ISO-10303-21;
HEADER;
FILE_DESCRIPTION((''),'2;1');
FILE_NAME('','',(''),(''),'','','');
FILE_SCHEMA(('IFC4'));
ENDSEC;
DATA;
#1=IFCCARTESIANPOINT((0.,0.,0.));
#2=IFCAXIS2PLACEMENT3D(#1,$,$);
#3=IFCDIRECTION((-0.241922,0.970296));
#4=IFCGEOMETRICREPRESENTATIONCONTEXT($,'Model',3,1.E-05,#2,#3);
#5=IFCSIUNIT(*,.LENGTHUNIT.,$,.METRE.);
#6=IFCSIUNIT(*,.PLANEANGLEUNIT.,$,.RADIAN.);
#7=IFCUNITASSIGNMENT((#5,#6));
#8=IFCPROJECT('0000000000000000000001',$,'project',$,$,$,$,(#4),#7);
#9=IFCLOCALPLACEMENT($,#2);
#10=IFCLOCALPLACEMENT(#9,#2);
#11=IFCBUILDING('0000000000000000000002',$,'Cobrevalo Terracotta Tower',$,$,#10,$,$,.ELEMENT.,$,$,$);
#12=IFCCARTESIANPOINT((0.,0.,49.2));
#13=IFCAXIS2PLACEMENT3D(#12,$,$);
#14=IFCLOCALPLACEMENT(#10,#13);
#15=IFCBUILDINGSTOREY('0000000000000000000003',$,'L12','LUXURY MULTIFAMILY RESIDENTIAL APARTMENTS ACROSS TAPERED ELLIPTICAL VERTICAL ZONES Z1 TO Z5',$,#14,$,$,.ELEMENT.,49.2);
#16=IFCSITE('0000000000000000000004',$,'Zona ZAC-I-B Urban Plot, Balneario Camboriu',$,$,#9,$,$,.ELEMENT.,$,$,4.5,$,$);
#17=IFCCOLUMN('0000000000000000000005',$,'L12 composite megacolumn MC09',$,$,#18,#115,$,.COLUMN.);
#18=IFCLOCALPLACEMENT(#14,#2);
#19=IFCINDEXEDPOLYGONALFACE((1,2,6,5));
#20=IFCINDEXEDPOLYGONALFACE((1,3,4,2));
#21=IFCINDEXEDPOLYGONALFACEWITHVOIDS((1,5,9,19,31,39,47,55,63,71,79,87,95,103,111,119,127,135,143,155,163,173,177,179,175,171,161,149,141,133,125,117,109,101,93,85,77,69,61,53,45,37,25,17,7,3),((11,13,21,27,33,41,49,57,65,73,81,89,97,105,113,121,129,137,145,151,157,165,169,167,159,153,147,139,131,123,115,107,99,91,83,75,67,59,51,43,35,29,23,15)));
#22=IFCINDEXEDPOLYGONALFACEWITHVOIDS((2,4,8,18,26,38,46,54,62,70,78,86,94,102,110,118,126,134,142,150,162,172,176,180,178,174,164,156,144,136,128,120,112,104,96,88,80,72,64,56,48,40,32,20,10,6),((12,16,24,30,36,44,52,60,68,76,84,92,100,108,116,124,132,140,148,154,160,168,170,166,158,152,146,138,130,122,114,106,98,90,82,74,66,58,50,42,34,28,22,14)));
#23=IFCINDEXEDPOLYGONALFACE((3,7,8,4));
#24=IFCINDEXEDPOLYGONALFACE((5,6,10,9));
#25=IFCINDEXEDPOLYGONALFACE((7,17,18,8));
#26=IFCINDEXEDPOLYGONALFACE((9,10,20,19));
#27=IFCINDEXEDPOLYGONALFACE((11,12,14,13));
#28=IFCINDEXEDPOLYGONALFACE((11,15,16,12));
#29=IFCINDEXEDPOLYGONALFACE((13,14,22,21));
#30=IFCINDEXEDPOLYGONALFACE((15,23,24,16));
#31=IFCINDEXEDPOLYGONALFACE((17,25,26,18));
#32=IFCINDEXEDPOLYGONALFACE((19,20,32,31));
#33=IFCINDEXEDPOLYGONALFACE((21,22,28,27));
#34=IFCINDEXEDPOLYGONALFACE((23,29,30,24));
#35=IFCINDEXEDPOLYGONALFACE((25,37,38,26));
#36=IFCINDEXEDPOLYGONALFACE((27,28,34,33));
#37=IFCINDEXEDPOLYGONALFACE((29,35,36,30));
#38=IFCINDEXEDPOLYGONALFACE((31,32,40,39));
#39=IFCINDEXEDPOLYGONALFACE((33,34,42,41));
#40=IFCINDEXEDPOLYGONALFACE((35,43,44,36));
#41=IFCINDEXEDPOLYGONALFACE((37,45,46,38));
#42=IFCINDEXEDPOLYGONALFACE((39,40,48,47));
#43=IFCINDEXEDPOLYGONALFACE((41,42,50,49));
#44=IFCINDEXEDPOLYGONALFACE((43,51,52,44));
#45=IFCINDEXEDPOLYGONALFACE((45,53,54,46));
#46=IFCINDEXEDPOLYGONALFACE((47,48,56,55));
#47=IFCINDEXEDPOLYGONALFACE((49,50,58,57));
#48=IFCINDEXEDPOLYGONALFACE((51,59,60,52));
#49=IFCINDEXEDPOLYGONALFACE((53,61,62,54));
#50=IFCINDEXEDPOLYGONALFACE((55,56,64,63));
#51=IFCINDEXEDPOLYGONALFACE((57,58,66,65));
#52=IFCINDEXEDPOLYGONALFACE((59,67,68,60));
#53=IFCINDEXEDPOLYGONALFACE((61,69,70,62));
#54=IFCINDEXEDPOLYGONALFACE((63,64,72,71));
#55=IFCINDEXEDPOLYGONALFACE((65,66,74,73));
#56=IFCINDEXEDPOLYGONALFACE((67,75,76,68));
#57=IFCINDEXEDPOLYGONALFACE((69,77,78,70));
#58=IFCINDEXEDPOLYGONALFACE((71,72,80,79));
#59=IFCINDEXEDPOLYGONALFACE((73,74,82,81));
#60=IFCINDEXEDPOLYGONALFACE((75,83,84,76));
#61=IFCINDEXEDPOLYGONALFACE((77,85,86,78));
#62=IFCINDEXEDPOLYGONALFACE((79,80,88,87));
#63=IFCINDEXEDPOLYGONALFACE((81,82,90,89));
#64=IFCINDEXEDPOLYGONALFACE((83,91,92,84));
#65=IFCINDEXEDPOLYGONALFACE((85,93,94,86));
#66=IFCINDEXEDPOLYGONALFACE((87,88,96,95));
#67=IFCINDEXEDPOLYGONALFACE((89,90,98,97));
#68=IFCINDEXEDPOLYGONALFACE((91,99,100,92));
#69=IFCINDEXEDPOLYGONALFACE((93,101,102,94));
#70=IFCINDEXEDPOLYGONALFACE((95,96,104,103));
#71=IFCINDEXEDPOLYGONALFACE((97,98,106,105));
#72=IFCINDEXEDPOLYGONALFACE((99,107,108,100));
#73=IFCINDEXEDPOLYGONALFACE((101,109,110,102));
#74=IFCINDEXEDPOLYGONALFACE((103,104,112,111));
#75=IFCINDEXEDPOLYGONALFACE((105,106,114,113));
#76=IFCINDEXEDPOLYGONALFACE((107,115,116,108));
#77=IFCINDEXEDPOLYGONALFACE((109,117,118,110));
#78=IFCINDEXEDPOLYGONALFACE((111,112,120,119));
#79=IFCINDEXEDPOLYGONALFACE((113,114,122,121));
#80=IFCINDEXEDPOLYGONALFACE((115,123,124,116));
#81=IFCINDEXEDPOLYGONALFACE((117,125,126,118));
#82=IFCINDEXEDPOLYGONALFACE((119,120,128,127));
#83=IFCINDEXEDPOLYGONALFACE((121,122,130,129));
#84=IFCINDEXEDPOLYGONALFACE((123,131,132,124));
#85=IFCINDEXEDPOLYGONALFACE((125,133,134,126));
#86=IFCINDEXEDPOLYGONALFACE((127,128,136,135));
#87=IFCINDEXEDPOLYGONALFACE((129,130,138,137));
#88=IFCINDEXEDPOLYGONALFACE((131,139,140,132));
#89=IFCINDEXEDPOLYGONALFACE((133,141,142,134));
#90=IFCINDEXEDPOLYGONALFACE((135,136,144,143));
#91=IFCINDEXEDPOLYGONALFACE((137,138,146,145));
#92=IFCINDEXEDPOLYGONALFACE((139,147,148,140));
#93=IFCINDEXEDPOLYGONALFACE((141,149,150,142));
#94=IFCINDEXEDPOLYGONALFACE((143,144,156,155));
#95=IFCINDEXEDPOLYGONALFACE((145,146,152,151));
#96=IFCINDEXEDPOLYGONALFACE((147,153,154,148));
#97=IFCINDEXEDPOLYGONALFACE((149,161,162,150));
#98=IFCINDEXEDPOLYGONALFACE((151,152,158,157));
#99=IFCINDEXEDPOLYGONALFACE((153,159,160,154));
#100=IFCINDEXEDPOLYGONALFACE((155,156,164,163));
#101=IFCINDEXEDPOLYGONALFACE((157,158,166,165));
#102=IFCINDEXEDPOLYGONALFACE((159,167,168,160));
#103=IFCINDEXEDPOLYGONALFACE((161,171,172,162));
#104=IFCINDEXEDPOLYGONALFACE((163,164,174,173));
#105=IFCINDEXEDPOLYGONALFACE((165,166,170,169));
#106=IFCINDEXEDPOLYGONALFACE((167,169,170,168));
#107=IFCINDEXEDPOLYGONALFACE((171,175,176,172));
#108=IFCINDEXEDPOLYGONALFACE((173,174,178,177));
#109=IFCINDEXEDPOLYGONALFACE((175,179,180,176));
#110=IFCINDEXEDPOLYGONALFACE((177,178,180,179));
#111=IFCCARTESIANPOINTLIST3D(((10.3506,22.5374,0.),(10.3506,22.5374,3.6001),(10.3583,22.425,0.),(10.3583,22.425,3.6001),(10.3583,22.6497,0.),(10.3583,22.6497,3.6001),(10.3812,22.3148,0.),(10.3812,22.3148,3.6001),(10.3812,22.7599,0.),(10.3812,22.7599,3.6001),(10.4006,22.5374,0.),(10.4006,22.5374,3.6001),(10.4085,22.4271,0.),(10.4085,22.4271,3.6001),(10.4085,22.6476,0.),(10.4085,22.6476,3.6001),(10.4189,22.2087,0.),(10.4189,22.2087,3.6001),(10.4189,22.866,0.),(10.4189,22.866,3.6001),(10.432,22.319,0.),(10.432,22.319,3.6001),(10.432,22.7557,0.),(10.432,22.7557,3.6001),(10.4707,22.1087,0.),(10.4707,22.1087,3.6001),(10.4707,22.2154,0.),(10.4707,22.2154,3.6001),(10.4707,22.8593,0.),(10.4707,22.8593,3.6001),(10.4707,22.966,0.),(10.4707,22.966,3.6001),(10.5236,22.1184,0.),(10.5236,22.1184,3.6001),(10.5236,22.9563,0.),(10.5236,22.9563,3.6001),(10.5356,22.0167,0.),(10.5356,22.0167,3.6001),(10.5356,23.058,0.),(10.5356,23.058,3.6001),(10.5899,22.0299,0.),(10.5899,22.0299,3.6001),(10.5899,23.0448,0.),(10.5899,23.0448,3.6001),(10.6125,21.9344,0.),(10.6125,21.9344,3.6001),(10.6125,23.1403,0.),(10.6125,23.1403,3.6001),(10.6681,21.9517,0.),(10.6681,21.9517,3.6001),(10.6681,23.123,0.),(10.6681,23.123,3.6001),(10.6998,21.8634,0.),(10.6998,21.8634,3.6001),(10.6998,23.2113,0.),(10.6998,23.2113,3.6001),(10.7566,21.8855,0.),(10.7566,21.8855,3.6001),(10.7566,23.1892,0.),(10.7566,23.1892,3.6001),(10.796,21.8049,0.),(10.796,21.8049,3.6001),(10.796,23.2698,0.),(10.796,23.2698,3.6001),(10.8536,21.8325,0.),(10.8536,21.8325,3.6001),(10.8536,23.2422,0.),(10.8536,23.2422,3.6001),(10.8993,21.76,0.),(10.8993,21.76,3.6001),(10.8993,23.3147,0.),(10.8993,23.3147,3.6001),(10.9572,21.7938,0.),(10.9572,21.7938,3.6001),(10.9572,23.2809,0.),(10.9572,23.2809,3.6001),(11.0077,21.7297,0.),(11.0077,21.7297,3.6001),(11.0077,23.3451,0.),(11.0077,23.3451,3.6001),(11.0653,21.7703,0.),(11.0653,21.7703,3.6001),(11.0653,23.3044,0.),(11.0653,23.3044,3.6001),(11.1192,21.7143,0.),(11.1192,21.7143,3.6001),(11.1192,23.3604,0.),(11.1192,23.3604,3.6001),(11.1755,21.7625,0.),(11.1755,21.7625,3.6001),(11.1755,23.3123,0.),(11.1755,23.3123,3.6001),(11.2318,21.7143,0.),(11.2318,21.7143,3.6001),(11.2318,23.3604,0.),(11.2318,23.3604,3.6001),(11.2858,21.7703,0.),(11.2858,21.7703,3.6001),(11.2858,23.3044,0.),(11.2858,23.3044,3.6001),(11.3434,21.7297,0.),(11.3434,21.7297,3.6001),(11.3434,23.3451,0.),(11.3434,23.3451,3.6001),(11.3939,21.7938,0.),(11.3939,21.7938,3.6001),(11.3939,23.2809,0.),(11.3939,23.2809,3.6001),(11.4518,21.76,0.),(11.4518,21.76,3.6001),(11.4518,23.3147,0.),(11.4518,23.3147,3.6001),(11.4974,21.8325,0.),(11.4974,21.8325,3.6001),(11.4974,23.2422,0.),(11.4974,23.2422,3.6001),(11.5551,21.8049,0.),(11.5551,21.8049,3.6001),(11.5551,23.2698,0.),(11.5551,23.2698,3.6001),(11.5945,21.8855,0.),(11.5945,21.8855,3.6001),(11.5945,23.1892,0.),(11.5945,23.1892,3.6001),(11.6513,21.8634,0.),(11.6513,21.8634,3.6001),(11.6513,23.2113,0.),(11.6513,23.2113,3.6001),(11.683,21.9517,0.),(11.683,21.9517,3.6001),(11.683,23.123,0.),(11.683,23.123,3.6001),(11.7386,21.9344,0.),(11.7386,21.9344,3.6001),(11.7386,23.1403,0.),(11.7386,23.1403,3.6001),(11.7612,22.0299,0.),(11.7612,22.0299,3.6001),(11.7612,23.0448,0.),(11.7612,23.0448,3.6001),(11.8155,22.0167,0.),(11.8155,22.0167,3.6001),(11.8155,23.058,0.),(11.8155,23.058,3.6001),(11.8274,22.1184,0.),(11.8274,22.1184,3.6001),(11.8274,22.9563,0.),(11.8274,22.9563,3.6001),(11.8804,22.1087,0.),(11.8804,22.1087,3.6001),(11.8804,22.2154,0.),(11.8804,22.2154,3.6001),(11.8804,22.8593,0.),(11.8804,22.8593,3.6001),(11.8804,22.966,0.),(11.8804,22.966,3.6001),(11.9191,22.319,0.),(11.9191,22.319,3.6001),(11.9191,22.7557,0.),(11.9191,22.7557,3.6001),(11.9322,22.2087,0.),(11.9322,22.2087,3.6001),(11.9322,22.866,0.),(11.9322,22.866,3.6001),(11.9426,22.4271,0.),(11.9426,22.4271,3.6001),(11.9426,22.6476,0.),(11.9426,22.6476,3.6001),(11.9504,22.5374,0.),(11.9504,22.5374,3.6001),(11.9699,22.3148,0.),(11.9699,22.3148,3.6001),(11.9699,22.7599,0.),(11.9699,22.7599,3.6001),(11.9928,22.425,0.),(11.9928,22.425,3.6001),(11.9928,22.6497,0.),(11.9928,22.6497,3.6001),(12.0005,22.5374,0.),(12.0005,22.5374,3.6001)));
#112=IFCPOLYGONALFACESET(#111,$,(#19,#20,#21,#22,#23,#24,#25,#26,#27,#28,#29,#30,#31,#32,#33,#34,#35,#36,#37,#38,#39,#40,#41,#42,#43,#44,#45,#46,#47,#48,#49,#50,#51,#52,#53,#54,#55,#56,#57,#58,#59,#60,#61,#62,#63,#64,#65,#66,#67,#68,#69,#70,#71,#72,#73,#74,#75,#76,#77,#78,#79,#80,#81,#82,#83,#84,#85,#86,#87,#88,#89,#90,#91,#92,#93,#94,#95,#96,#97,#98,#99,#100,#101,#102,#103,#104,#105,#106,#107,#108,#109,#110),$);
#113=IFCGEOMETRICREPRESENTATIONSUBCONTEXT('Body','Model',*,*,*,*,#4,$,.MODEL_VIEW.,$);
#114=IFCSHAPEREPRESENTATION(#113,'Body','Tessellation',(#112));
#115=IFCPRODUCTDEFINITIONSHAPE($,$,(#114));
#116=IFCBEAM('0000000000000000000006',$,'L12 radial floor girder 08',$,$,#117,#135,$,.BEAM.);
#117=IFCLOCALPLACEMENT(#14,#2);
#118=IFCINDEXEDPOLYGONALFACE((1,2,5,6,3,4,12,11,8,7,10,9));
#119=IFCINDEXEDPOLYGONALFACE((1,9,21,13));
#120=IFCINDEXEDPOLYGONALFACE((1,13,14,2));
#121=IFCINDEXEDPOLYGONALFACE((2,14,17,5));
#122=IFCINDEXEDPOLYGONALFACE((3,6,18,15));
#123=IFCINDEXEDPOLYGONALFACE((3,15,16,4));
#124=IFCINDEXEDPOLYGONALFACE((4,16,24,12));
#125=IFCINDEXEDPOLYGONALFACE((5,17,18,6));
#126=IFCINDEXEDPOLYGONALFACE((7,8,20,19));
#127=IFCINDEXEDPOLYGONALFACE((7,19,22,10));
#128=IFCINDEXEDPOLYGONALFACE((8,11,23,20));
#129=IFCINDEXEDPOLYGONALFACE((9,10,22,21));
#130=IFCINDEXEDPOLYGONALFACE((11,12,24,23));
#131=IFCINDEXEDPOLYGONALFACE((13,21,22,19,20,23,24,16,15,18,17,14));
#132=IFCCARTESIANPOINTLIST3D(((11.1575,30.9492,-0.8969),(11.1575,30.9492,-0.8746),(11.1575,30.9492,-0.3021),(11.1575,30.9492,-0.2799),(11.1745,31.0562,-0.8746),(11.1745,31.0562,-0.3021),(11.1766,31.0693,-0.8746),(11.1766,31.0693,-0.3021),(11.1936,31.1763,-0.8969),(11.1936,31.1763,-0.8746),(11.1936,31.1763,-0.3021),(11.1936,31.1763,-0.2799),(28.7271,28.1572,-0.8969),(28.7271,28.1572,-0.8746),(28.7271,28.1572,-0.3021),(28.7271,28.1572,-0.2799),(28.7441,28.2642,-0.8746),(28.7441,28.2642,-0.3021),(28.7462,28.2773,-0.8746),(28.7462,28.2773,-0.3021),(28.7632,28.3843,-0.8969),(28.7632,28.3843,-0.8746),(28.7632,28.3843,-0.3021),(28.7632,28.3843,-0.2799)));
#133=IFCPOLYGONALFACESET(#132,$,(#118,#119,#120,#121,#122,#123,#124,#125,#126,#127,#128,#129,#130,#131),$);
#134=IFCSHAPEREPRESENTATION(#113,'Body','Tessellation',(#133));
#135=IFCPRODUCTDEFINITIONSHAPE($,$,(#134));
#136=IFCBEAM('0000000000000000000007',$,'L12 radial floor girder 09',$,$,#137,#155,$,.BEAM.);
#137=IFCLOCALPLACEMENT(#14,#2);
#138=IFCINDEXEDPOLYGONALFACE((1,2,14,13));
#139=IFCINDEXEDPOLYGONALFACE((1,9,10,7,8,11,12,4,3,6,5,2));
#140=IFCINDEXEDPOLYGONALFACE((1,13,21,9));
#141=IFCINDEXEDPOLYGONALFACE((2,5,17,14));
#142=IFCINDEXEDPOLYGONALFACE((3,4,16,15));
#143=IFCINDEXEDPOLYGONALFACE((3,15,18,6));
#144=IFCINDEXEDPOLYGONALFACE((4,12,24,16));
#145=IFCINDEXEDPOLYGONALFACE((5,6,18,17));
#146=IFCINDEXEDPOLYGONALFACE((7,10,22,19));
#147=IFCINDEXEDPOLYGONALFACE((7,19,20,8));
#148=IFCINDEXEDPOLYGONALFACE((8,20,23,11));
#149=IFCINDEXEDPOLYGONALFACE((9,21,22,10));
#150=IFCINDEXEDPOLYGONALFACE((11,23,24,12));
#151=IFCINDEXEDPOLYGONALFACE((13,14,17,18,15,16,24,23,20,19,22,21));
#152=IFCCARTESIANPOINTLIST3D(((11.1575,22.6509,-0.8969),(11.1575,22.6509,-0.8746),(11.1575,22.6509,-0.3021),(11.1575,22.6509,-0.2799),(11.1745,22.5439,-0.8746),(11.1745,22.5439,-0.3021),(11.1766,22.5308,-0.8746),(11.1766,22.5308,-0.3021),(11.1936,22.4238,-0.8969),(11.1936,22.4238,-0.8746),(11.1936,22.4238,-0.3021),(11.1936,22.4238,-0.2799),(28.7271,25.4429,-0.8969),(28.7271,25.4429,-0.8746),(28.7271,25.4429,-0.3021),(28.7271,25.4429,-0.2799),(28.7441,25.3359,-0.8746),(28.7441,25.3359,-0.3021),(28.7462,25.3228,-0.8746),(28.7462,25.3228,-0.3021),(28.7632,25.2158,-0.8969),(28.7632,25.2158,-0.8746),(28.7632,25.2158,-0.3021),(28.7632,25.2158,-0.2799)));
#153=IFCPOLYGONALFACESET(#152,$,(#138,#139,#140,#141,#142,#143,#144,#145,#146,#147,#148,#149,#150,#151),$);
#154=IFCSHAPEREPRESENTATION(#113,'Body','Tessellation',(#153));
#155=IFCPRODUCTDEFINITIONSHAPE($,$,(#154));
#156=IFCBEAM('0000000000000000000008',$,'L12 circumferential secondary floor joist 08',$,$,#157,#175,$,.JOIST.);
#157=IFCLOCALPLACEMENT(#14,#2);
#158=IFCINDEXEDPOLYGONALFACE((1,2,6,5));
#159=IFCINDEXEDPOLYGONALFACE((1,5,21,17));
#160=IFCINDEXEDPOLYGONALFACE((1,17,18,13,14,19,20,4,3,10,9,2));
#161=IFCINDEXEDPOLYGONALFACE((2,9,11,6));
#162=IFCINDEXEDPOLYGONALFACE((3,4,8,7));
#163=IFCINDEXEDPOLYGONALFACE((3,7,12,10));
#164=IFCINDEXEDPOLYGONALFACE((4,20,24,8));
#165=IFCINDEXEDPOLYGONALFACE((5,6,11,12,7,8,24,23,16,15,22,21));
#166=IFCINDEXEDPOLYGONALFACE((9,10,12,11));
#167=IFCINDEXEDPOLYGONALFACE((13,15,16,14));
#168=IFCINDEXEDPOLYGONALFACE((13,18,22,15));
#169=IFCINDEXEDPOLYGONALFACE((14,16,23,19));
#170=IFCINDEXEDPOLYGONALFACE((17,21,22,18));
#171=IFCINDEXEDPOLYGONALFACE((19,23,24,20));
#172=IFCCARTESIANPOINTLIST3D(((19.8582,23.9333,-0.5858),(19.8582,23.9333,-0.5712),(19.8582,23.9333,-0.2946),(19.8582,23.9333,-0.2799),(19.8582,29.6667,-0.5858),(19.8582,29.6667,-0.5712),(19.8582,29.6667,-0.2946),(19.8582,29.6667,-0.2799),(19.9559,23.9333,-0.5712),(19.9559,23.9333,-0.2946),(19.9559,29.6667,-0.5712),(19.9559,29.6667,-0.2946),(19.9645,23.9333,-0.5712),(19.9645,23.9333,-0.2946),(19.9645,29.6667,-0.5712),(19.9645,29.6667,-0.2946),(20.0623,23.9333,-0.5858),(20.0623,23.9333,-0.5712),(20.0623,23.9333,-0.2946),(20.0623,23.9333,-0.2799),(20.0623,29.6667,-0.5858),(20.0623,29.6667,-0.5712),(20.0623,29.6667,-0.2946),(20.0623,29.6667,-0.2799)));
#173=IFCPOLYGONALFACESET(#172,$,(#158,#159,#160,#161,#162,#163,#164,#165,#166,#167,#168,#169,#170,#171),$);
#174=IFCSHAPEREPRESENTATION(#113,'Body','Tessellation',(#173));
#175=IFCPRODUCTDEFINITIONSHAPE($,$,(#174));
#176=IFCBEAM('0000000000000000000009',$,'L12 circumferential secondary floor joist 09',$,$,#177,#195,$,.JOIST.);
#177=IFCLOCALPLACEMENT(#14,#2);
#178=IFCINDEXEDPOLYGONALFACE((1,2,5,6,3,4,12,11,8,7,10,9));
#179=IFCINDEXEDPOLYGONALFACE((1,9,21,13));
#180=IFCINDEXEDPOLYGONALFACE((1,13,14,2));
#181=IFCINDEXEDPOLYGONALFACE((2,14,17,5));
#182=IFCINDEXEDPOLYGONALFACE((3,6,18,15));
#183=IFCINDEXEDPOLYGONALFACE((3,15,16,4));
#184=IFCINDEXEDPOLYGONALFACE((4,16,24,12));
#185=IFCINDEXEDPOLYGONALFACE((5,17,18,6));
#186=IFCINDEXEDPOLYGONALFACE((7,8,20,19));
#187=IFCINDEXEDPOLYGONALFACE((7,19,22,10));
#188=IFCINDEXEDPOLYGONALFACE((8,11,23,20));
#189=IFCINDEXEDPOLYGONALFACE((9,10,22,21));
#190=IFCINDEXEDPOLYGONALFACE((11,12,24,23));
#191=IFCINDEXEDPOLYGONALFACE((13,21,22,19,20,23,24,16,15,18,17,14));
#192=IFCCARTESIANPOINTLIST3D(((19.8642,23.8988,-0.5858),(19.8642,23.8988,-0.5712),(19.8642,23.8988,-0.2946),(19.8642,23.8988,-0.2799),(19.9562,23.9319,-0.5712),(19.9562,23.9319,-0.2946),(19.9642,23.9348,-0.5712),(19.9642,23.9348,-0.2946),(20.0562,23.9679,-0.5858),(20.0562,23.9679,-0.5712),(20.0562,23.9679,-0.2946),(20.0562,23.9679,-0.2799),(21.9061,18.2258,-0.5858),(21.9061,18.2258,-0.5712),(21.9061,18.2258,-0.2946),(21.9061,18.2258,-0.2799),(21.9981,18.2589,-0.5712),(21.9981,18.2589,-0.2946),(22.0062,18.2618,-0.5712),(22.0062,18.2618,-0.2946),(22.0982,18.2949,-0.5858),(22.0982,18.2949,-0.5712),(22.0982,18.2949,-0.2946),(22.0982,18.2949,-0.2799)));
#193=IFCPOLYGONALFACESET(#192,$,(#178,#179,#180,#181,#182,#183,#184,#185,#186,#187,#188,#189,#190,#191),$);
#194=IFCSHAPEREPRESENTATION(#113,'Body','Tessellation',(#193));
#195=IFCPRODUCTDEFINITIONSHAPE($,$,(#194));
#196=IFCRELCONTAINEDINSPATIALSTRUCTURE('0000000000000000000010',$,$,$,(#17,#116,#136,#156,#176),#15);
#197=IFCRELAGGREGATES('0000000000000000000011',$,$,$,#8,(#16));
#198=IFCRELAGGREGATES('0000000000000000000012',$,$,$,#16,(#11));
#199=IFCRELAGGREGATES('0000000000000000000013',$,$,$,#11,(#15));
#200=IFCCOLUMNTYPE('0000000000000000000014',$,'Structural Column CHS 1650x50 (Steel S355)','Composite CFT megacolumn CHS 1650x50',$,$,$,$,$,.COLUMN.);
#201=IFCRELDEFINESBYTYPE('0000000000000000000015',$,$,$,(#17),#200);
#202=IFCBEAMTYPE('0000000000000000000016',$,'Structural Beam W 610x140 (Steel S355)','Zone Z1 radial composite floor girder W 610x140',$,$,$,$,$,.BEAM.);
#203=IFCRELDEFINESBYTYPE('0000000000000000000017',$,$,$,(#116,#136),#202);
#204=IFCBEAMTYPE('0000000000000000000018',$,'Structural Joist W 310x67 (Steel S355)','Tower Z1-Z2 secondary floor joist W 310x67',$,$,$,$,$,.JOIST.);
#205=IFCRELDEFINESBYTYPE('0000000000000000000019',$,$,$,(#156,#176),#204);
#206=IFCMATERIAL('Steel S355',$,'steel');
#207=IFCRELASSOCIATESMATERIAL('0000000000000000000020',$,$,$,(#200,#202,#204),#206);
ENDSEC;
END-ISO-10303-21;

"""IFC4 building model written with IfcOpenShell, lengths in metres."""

from ifc_helpers import new_model, si_unit, direction, frame, origin, origin_2d, place, context, subcontext, project, spatial, hollow_circle, i_section, extrude, material, material_profile, profile_set, type_object, element, save


model = new_model("IFC4")

# Units and contexts
model_context = context("Model", 3, precision=1e-05, world=origin(), true_north=direction((-0.241922, 0.970296)))
body_context = subcontext(model_context, "Body", "Model", "MODEL_VIEW")
ifc_project = project(units=[si_unit("LENGTHUNIT", "METRE"), si_unit("PLANEANGLEUNIT", "RADIAN")], contexts=[model_context])

# Site, building, storey
site_placement = place(None, origin())
site = spatial("IfcSite", under=ifc_project, at=site_placement, Name="Zona ZAC-I-B Urban Plot, Balneario Camboriu", CompositionType="ELEMENT", RefElevation=4.5)
building_placement = place(site_placement, origin())
building = spatial("IfcBuilding", under=site, at=building_placement, Name="Cobrevalo Terracotta Tower", CompositionType="ELEMENT")
storey_placement = place(building_placement, frame((0.0, 0.0, 49.2)))
storey = spatial("IfcBuildingStorey", under=building, at=storey_placement, Name="L12", Description="LUXURY MULTIFAMILY RESIDENTIAL APARTMENTS ACROSS TAPERED ELLIPTICAL VERTICAL ZONES Z1 TO Z5", CompositionType="ELEMENT", Elevation=49.2)

# Column
ifc_material_1 = material(Name="Steel S355", Category="steel")
ifc_material_profile_1 = material_profile(ifc_material_1, hollow_circle(Radius=0.825, WallThickness=0.05, at=origin_2d()), Name="CHS 1650x50")
ifc_profile_set_1 = profile_set([ifc_material_profile_1], Name="Steel S355")
column_type = type_object("IfcColumnType", Name="Structural Column CHS 1650x50 (Steel S355)", Description="Composite CFT megacolumn CHS 1650x50", PredefinedType="COLUMN", material=ifc_profile_set_1)
for number, where, z_axis, x_axis, name in (
    (1, (11.1755, 22.5374, 0.0), (0.0, 0.0, 1.0), (1.0, 0.0, 0.0), "L12 composite megacolumn MC09"),
):
    element("IfcColumn", number, at=place(storey_placement, frame(where, z_axis=z_axis, x_axis=x_axis)), inside=storey, type_object=column_type, Name=name, PredefinedType="COLUMN", context=body_context, shape_type="SweptSolid", body=[
        extrude(hollow_circle(Radius=0.825, WallThickness=0.05, at=origin_2d()), origin(), (0.0, 0.0, 1.0), 3.6001),
    ])

# Beams
ifc_material_profile_2 = material_profile(ifc_material_1, i_section(OverallWidth=0.23, OverallDepth=0.6169, WebThickness=0.0132, FlangeThickness=0.0222, at=origin_2d()), Name="W 610x140")
ifc_profile_set_2 = profile_set([ifc_material_profile_2], Name="Steel S355")
beam_type_1 = type_object("IfcBeamType", Name="Structural Beam W 610x140 (Steel S355)", Description="Zone Z1 radial composite floor girder W 610x140", PredefinedType="BEAM", material=ifc_profile_set_2)
for number, where, z_axis, x_axis, name in (
    (2, (11.1755, 31.0627, -0.5884), (0.987608, -0.156941, 0.0), (0.156941, 0.987608, 0.0), "L12 radial floor girder 08"),
    (3, (11.1755, 22.5374, -0.5884), (0.987608, 0.156941, 0.0), (-0.156941, 0.987608, 0.0), "L12 radial floor girder 09"),
):
    element("IfcBeam", number, at=place(storey_placement, frame(where, z_axis=z_axis, x_axis=x_axis)), inside=storey, type_object=beam_type_1, Name=name, PredefinedType="BEAM", context=body_context, shape_type="SweptSolid", body=[
        extrude(i_section(OverallWidth=0.23, OverallDepth=0.6169, WebThickness=0.0132, FlangeThickness=0.0222, at=origin_2d()), origin(), (0.0, 0.0, 1.0), 17.79),
    ])
ifc_material_profile_3 = material_profile(ifc_material_1, i_section(OverallWidth=0.2041, OverallDepth=0.3059, WebThickness=0.0085, FlangeThickness=0.0146, at=origin_2d()), Name="W 310x67")
ifc_profile_set_3 = profile_set([ifc_material_profile_3], Name="Steel S355")
beam_type_2 = type_object("IfcBeamType", Name="Structural Joist W 310x67 (Steel S355)", Description="Tower Z1-Z2 secondary floor joist W 310x67", PredefinedType="JOIST", material=ifc_profile_set_3)
beam_1_placement = place(storey_placement, frame((19.9602, 29.6667, -0.4329), z_axis=(0.0, -1.0, 0.0), x_axis=(1.0, 0.0, 0.0)))
element("IfcBeam", 4, at=beam_1_placement, inside=storey, type_object=beam_type_2, Name="L12 circumferential secondary floor joist 08", PredefinedType="JOIST", context=body_context, shape_type="SweptSolid", body=[
    extrude(i_section(OverallWidth=0.2041, OverallDepth=0.3059, WebThickness=0.0085, FlangeThickness=0.0146, at=origin_2d()), origin(), (0.0, 0.0, 1.0), 5.7334),
])
beam_2_placement = place(storey_placement, frame((19.9602, 23.9333, -0.4329), z_axis=(0.338672, -0.940904, 0.0), x_axis=(0.940904, 0.338672, 0.0)))
element("IfcBeam", 5, at=beam_2_placement, inside=storey, type_object=beam_type_2, Name="L12 circumferential secondary floor joist 09", PredefinedType="JOIST", context=body_context, shape_type="SweptSolid", body=[
    extrude(i_section(OverallWidth=0.2041, OverallDepth=0.3059, WebThickness=0.0085, FlangeThickness=0.0146, at=origin_2d()), origin(), (0.0, 0.0, 1.0), 6.0293),
])

save(model, "model.ifc")
